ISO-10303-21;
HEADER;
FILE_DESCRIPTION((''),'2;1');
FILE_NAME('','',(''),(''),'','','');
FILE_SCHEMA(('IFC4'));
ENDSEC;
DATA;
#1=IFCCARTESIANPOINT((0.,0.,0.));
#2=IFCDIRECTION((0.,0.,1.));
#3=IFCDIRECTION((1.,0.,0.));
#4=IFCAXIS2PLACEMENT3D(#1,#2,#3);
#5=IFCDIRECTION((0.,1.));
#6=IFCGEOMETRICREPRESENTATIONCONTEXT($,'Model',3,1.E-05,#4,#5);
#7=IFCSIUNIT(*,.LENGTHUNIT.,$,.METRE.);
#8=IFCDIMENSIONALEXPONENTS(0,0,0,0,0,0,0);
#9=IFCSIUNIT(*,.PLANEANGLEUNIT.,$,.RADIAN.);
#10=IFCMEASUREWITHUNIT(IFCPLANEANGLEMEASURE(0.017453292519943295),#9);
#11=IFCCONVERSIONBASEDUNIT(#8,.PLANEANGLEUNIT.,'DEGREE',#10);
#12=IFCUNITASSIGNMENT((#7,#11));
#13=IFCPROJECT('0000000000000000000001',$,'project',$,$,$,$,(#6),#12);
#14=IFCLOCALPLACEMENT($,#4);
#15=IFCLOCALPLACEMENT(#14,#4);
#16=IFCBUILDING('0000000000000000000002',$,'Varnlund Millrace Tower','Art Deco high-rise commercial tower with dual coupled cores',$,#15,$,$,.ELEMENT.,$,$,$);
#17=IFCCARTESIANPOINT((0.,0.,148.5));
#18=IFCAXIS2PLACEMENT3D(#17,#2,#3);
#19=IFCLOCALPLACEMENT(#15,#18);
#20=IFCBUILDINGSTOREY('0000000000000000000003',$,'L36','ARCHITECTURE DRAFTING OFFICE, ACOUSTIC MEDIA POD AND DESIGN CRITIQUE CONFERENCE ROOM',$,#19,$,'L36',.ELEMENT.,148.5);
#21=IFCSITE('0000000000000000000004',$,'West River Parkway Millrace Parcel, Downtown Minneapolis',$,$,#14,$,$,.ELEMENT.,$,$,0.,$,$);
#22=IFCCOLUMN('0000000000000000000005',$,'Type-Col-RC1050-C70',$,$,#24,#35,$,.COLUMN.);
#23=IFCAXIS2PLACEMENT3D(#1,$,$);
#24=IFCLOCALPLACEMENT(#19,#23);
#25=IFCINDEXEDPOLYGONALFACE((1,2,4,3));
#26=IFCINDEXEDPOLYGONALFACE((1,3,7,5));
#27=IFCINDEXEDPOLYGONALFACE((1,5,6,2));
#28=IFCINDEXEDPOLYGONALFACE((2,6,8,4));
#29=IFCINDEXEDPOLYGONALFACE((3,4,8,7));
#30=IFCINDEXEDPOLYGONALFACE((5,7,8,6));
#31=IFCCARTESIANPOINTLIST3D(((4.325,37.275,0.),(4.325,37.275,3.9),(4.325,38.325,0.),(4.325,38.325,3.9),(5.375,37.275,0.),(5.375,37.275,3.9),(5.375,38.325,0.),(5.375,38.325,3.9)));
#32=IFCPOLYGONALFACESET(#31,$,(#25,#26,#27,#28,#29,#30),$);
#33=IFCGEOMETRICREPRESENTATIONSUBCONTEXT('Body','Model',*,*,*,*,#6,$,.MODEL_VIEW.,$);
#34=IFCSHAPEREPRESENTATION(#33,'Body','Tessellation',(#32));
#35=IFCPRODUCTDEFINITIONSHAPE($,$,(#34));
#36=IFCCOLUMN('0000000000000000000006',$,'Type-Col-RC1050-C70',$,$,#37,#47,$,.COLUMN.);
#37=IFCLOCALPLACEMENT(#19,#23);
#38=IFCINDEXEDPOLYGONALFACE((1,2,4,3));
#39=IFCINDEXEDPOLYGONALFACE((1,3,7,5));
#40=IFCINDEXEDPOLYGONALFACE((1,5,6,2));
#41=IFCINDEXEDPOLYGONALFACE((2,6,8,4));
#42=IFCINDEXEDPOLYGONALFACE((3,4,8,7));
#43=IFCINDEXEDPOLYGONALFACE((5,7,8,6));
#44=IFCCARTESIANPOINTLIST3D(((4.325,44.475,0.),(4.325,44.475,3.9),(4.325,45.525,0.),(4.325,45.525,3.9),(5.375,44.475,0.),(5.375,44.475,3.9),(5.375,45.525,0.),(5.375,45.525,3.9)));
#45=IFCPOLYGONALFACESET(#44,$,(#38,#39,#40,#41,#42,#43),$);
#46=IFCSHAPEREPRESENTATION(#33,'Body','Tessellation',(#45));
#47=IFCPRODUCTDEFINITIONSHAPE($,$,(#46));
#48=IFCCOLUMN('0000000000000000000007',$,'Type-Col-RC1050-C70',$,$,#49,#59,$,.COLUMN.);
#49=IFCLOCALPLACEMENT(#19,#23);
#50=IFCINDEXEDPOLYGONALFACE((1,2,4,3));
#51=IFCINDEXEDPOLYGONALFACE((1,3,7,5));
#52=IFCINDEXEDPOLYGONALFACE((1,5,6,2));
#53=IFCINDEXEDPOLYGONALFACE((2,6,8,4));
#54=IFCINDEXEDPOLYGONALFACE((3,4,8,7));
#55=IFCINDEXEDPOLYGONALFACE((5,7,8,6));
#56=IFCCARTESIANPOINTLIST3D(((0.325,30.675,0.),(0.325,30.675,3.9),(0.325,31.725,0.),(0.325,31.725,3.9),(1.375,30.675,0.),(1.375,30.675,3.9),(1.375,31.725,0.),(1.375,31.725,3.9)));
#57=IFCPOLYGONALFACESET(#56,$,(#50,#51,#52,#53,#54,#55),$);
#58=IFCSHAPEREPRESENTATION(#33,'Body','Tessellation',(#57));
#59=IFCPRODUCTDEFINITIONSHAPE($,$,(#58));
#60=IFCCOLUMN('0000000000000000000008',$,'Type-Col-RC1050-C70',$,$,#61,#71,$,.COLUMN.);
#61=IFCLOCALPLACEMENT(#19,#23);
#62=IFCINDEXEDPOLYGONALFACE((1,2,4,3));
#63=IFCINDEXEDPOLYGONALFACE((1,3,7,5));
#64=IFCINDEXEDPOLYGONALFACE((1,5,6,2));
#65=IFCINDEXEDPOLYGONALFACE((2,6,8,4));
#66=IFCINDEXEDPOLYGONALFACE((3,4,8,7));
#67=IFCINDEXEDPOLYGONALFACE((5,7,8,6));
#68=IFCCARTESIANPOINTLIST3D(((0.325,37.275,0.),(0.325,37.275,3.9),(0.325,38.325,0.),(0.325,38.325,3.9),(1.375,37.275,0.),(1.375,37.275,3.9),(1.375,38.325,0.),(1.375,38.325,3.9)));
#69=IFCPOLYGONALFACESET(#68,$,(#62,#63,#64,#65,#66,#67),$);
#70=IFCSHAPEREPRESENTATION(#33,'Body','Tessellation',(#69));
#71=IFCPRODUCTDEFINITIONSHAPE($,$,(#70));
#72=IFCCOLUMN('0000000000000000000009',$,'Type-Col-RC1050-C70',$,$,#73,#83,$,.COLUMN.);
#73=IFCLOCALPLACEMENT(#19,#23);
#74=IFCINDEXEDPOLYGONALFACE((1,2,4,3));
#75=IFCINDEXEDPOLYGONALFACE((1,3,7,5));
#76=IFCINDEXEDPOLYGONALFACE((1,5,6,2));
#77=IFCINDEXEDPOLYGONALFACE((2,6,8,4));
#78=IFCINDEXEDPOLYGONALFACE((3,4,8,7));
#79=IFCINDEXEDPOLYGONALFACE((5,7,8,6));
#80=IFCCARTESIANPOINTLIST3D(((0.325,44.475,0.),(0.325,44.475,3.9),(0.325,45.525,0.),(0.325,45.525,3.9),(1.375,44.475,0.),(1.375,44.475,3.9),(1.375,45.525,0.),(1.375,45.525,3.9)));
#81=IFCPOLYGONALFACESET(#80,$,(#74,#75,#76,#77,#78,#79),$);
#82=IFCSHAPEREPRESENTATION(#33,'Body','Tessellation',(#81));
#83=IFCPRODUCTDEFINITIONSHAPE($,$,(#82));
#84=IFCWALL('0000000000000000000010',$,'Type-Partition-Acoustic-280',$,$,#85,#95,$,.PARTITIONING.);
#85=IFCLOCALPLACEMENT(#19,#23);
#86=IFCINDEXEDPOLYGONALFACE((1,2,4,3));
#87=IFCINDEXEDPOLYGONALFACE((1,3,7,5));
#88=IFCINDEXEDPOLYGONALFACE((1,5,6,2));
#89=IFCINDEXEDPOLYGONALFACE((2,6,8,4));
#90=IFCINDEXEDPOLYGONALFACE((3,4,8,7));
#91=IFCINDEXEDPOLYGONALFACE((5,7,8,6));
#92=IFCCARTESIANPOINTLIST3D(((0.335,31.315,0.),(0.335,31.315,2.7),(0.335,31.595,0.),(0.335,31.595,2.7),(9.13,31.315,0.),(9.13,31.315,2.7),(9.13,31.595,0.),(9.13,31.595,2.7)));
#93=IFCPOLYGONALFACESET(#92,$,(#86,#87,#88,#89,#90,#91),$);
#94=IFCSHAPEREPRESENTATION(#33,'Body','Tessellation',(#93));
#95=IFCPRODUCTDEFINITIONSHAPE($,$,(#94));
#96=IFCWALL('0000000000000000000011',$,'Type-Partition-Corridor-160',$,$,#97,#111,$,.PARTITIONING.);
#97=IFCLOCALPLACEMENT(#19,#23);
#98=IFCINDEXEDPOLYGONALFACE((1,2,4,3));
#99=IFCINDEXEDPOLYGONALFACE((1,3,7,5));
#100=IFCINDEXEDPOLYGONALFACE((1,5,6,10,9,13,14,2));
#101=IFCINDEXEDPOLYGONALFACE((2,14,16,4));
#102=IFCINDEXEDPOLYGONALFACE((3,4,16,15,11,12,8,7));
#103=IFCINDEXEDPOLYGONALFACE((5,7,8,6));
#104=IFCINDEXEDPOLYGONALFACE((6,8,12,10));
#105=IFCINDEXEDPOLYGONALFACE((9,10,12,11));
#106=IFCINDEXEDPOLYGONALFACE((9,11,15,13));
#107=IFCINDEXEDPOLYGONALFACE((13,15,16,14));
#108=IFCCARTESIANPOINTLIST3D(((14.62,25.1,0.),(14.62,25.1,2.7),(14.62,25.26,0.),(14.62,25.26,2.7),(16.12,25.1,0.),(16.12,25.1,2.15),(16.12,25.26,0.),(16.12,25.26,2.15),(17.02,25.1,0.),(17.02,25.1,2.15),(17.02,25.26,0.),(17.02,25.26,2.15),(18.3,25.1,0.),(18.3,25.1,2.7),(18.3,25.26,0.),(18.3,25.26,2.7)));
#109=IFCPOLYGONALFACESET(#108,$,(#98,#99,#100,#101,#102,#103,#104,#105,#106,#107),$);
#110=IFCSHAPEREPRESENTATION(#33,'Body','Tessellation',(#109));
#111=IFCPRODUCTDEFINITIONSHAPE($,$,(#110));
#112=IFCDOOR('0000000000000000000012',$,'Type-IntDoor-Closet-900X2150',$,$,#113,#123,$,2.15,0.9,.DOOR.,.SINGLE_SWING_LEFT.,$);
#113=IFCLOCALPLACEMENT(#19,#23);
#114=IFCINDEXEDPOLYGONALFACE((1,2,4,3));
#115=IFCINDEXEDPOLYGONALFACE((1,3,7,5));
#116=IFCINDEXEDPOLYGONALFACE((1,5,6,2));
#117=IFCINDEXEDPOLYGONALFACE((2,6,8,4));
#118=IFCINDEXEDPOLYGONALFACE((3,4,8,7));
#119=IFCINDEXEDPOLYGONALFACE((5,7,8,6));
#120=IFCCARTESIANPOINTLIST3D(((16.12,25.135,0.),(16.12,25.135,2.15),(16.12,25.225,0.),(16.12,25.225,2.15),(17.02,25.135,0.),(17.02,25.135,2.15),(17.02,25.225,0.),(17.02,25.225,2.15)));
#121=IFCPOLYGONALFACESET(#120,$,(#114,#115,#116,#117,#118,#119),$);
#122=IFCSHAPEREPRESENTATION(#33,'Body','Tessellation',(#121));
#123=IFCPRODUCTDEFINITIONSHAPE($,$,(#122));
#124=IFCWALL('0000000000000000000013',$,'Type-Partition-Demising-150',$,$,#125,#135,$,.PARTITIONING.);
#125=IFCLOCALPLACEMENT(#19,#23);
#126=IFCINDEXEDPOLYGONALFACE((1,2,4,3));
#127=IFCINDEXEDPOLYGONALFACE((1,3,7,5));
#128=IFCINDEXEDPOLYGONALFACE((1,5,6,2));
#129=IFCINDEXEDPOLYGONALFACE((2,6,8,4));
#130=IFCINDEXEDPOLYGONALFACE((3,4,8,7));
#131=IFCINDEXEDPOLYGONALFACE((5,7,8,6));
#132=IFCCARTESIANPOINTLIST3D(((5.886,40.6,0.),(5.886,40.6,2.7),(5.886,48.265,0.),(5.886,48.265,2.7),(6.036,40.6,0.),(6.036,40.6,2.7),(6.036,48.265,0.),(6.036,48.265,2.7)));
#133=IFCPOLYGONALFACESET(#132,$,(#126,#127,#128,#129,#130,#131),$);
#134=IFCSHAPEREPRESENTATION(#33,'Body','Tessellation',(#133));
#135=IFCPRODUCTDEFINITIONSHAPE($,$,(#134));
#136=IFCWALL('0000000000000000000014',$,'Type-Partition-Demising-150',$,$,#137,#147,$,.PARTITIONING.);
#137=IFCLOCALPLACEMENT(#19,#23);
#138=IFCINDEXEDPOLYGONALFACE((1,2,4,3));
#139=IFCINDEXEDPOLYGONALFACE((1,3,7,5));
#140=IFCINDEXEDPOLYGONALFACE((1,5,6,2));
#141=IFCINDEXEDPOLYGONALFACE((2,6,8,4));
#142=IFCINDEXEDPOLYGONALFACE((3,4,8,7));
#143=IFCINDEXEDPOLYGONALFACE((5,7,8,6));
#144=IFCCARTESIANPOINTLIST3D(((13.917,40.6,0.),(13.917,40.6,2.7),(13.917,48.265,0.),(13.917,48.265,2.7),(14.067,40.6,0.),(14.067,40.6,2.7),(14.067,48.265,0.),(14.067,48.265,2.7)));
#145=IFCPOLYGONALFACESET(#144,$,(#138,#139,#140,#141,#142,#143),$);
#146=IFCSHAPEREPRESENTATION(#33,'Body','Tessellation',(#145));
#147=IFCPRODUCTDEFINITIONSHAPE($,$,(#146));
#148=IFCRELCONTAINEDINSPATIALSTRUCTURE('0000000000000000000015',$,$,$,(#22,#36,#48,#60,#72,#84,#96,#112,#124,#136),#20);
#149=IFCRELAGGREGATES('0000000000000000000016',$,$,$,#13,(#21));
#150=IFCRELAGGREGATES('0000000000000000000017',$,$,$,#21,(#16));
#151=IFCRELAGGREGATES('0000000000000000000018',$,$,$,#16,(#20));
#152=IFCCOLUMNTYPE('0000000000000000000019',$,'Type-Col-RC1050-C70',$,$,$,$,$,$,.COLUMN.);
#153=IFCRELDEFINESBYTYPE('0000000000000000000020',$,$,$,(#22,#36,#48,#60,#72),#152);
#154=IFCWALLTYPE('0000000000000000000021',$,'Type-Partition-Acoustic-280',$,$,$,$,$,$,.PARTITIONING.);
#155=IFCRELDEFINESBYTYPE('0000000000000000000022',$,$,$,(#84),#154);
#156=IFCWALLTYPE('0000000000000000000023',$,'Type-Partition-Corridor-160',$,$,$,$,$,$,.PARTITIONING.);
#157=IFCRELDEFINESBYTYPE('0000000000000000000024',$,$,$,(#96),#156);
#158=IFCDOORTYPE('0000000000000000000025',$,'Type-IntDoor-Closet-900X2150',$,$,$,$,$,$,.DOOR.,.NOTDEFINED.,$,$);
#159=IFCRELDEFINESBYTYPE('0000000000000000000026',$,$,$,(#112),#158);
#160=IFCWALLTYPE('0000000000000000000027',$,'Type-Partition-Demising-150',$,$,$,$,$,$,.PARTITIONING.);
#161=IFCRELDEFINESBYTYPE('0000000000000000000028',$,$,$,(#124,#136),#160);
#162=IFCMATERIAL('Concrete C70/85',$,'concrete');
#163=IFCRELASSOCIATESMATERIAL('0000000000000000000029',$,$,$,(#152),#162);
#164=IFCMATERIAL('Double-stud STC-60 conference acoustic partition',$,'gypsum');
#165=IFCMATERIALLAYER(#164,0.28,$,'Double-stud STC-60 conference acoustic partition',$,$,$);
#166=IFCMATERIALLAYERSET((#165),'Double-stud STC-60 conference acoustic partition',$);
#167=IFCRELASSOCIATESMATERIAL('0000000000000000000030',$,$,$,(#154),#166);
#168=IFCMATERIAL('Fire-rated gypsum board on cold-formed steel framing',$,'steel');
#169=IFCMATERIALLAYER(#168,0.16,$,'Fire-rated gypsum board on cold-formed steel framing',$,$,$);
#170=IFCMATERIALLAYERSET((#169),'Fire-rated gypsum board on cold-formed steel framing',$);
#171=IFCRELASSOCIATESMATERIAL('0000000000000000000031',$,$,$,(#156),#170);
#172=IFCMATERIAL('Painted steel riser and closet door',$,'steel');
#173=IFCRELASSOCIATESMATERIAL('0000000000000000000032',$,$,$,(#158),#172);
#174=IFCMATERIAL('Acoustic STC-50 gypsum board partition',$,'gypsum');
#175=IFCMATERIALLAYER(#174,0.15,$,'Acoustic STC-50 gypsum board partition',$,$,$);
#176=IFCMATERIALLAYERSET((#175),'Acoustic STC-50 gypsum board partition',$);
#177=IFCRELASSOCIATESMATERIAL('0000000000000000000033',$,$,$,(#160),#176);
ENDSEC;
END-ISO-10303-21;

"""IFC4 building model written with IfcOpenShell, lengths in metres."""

from ifc_helpers import new_model, entity, si_unit, converted_unit, direction, frame, origin_with_axes, origin_2d_with_axis, place, context, subcontext, project, spatial, polyline, rectangle, outline, extrude, material, layer, layer_set, material_profile, profile_set, type_object, element, fill, save


model = new_model("IFC4")

# Units and contexts
model_context = context("Model", 3, precision=1e-05, world=origin_with_axes(), true_north=direction((0.0, 1.0)))
body_context = subcontext(model_context, "Body", "Model", "MODEL_VIEW")
ifc_project = project(units=[si_unit("LENGTHUNIT", "METRE"), converted_unit("PLANEANGLEUNIT", "DEGREE", entity("IfcPlaneAngleMeasure", 0.017453292519943295), si_unit("PLANEANGLEUNIT", "RADIAN"), dimensions=[0, 0, 0, 0, 0, 0, 0])], contexts=[model_context])

# Site, building, storey
site_placement = place(None, origin_with_axes())
site = spatial("IfcSite", under=ifc_project, at=site_placement, Name="West River Parkway Millrace Parcel, Downtown Minneapolis", CompositionType="ELEMENT", RefElevation=0.0)
building_placement = place(site_placement, origin_with_axes())
building = spatial("IfcBuilding", under=site, at=building_placement, Name="Varnlund Millrace Tower", Description="Art Deco high-rise commercial tower with dual coupled cores", CompositionType="ELEMENT")
storey_placement = place(building_placement, frame((0.0, 0.0, 148.5), z_axis=(0.0, 0.0, 1.0), x_axis=(1.0, 0.0, 0.0)))
storey = spatial("IfcBuildingStorey", under=building, at=storey_placement, Name="L36", Description="ARCHITECTURE DRAFTING OFFICE, ACOUSTIC MEDIA POD AND DESIGN CRITIQUE CONFERENCE ROOM", LongName="L36", CompositionType="ELEMENT", Elevation=148.5)

# Columns
ifc_material_1 = material(Name="Concrete C70/85", Category="concrete")
ifc_material_profile = material_profile(ifc_material_1, rectangle(XDim=1.05, YDim=1.05, at=origin_2d_with_axis()), Name="Concrete C70/85")
ifc_profile_set = profile_set([ifc_material_profile], Name="Concrete C70/85")
column_type = type_object("IfcColumnType", Name="Type-Col-RC1050-C70", PredefinedType="COLUMN", material=ifc_profile_set)
for number, where, z_axis, x_axis, name in (
    (1, (4.85, 37.8, 0.0), (0.0, 0.0, 1.0), (1.0, 0.0, 0.0), "Type-Col-RC1050-C70"),
    (2, (4.85, 45.0, 0.0), (0.0, 0.0, 1.0), (1.0, 0.0, 0.0), "Type-Col-RC1050-C70"),
    (3, (0.85, 31.2, 0.0), (0.0, 0.0, 1.0), (1.0, 0.0, 0.0), "Type-Col-RC1050-C70"),
    (4, (0.85, 37.8, 0.0), (0.0, 0.0, 1.0), (1.0, 0.0, 0.0), "Type-Col-RC1050-C70"),
    (5, (0.85, 45.0, 0.0), (0.0, 0.0, 1.0), (1.0, 0.0, 0.0), "Type-Col-RC1050-C70"),
):
    element("IfcColumn", number, at=place(storey_placement, frame(where, z_axis=z_axis, x_axis=x_axis)), inside=storey, type_object=column_type, Name=name, PredefinedType="COLUMN", context=body_context, shape_type="SweptSolid", body=[
        extrude(rectangle(XDim=1.05, YDim=1.05, at=origin_2d_with_axis()), origin_with_axes(), (0.0, 0.0, 1.0), 3.9),
    ])

# Wall
ifc_material_2 = material(Name="Double-stud STC-60 conference acoustic partition", Category="gypsum")
ifc_layer_1 = layer(ifc_material_2, 0.28, Name="Double-stud STC-60 conference acoustic partition")
ifc_layer_set_1 = layer_set([ifc_layer_1], Name="Double-stud STC-60 conference acoustic partition")
wall_type_1 = type_object("IfcWallType", Name="Type-Partition-Acoustic-280", PredefinedType="PARTITIONING", material=ifc_layer_set_1)
wall_1_placement = place(storey_placement, frame((0.335, 31.455, 0.0), z_axis=(0.0, 0.0, 1.0), x_axis=(1.0, 0.0, 0.0)))
element("IfcWall", 6, at=wall_1_placement, inside=storey, type_object=wall_type_1, Name="Type-Partition-Acoustic-280", PredefinedType="PARTITIONING", context=body_context, shape_type="SweptSolid", body=[
    extrude(outline(polyline([(0.0, -0.14), (8.795, -0.14), (8.795, 0.14), (0.0, 0.14), (0.0, -0.14)])), origin_with_axes(), (0.0, 0.0, 1.0), 2.7),
])

# Wall, opening, door
ifc_material_3 = material(Name="Fire-rated gypsum board on cold-formed steel framing", Category="steel")
ifc_layer_2 = layer(ifc_material_3, 0.16, Name="Fire-rated gypsum board on cold-formed steel framing")
ifc_layer_set_2 = layer_set([ifc_layer_2], Name="Fire-rated gypsum board on cold-formed steel framing")
wall_type_2 = type_object("IfcWallType", Name="Type-Partition-Corridor-160", PredefinedType="PARTITIONING", material=ifc_layer_set_2)
wall_2_placement = place(storey_placement, frame((14.62, 25.18, 0.0), z_axis=(0.0, 0.0, 1.0), x_axis=(1.0, 0.0, 0.0)))
wall_2 = element("IfcWall", 7, at=wall_2_placement, inside=storey, type_object=wall_type_2, Name="Type-Partition-Corridor-160", PredefinedType="PARTITIONING", context=body_context, shape_type="SweptSolid", body=[
    extrude(outline(polyline([(0.0, -0.08), (3.68, -0.08), (3.68, 0.08), (0.0, 0.08), (0.0, -0.08)])), origin_with_axes(), (0.0, 0.0, 1.0), 2.7),
])
opening_1_placement = place(wall_2_placement, frame((1.95, 0.0, 0.0), z_axis=(0.0, 0.0, 1.0), x_axis=(1.0, 0.0, 0.0)))
opening_1 = element("IfcOpeningElement", 8, at=opening_1_placement, cuts=wall_2, PredefinedType="OPENING", context=body_context, shape_type="SweptSolid", body=[
    extrude(rectangle(XDim=0.9, YDim=0.18, at=origin_2d_with_axis()), origin_with_axes(), (0.0, 0.0, 1.0), 2.15),
])
ifc_material_4 = material(Name="Painted steel riser and closet door", Category="steel")
door_type_1 = type_object("IfcDoorType", Name="Type-IntDoor-Closet-900X2150", OperationType="NOTDEFINED", PredefinedType="DOOR", material=ifc_material_4)
door_1_placement = place(wall_2_placement, frame((1.95, 0.0, 0.0), z_axis=(0.0, 0.0, 1.0), x_axis=(1.0, 0.0, 0.0)))
door_1 = element("IfcDoor", 9, at=door_1_placement, inside=storey, type_object=door_type_1, Name="Type-IntDoor-Closet-900X2150", OperationType="SINGLE_SWING_LEFT", OverallHeight=2.15, OverallWidth=0.9, PredefinedType="DOOR", context=body_context, shape_type="SweptSolid", body=[
    extrude(rectangle(XDim=0.9, YDim=0.09, at=origin_2d_with_axis()), origin_with_axes(), (0.0, 0.0, 1.0), 2.15),
])
fill(opening_1, door_1)

# Walls
ifc_material_5 = material(Name="Acoustic STC-50 gypsum board partition", Category="gypsum")
ifc_layer_3 = layer(ifc_material_5, 0.15, Name="Acoustic STC-50 gypsum board partition")
ifc_layer_set_3 = layer_set([ifc_layer_3], Name="Acoustic STC-50 gypsum board partition")
wall_type_3 = type_object("IfcWallType", Name="Type-Partition-Demising-150", PredefinedType="PARTITIONING", material=ifc_layer_set_3)
for number, where, z_axis, x_axis, name in (
    (10, (5.961, 40.6, 0.0), (0.0, 0.0, 1.0), (0.0, 1.0, 0.0), "Type-Partition-Demising-150"),
    (11, (13.992, 40.6, 0.0), (0.0, 0.0, 1.0), (0.0, 1.0, 0.0), "Type-Partition-Demising-150"),
):
    element("IfcWall", number, at=place(storey_placement, frame(where, z_axis=z_axis, x_axis=x_axis)), inside=storey, type_object=wall_type_3, Name=name, PredefinedType="PARTITIONING", context=body_context, shape_type="SweptSolid", body=[
        extrude(outline(polyline([(0.0, -0.075), (7.665, -0.075), (7.665, 0.075), (0.0, 0.075), (0.0, -0.075)])), origin_with_axes(), (0.0, 0.0, 1.0), 2.7),
    ])

save(model, "model.ifc")
